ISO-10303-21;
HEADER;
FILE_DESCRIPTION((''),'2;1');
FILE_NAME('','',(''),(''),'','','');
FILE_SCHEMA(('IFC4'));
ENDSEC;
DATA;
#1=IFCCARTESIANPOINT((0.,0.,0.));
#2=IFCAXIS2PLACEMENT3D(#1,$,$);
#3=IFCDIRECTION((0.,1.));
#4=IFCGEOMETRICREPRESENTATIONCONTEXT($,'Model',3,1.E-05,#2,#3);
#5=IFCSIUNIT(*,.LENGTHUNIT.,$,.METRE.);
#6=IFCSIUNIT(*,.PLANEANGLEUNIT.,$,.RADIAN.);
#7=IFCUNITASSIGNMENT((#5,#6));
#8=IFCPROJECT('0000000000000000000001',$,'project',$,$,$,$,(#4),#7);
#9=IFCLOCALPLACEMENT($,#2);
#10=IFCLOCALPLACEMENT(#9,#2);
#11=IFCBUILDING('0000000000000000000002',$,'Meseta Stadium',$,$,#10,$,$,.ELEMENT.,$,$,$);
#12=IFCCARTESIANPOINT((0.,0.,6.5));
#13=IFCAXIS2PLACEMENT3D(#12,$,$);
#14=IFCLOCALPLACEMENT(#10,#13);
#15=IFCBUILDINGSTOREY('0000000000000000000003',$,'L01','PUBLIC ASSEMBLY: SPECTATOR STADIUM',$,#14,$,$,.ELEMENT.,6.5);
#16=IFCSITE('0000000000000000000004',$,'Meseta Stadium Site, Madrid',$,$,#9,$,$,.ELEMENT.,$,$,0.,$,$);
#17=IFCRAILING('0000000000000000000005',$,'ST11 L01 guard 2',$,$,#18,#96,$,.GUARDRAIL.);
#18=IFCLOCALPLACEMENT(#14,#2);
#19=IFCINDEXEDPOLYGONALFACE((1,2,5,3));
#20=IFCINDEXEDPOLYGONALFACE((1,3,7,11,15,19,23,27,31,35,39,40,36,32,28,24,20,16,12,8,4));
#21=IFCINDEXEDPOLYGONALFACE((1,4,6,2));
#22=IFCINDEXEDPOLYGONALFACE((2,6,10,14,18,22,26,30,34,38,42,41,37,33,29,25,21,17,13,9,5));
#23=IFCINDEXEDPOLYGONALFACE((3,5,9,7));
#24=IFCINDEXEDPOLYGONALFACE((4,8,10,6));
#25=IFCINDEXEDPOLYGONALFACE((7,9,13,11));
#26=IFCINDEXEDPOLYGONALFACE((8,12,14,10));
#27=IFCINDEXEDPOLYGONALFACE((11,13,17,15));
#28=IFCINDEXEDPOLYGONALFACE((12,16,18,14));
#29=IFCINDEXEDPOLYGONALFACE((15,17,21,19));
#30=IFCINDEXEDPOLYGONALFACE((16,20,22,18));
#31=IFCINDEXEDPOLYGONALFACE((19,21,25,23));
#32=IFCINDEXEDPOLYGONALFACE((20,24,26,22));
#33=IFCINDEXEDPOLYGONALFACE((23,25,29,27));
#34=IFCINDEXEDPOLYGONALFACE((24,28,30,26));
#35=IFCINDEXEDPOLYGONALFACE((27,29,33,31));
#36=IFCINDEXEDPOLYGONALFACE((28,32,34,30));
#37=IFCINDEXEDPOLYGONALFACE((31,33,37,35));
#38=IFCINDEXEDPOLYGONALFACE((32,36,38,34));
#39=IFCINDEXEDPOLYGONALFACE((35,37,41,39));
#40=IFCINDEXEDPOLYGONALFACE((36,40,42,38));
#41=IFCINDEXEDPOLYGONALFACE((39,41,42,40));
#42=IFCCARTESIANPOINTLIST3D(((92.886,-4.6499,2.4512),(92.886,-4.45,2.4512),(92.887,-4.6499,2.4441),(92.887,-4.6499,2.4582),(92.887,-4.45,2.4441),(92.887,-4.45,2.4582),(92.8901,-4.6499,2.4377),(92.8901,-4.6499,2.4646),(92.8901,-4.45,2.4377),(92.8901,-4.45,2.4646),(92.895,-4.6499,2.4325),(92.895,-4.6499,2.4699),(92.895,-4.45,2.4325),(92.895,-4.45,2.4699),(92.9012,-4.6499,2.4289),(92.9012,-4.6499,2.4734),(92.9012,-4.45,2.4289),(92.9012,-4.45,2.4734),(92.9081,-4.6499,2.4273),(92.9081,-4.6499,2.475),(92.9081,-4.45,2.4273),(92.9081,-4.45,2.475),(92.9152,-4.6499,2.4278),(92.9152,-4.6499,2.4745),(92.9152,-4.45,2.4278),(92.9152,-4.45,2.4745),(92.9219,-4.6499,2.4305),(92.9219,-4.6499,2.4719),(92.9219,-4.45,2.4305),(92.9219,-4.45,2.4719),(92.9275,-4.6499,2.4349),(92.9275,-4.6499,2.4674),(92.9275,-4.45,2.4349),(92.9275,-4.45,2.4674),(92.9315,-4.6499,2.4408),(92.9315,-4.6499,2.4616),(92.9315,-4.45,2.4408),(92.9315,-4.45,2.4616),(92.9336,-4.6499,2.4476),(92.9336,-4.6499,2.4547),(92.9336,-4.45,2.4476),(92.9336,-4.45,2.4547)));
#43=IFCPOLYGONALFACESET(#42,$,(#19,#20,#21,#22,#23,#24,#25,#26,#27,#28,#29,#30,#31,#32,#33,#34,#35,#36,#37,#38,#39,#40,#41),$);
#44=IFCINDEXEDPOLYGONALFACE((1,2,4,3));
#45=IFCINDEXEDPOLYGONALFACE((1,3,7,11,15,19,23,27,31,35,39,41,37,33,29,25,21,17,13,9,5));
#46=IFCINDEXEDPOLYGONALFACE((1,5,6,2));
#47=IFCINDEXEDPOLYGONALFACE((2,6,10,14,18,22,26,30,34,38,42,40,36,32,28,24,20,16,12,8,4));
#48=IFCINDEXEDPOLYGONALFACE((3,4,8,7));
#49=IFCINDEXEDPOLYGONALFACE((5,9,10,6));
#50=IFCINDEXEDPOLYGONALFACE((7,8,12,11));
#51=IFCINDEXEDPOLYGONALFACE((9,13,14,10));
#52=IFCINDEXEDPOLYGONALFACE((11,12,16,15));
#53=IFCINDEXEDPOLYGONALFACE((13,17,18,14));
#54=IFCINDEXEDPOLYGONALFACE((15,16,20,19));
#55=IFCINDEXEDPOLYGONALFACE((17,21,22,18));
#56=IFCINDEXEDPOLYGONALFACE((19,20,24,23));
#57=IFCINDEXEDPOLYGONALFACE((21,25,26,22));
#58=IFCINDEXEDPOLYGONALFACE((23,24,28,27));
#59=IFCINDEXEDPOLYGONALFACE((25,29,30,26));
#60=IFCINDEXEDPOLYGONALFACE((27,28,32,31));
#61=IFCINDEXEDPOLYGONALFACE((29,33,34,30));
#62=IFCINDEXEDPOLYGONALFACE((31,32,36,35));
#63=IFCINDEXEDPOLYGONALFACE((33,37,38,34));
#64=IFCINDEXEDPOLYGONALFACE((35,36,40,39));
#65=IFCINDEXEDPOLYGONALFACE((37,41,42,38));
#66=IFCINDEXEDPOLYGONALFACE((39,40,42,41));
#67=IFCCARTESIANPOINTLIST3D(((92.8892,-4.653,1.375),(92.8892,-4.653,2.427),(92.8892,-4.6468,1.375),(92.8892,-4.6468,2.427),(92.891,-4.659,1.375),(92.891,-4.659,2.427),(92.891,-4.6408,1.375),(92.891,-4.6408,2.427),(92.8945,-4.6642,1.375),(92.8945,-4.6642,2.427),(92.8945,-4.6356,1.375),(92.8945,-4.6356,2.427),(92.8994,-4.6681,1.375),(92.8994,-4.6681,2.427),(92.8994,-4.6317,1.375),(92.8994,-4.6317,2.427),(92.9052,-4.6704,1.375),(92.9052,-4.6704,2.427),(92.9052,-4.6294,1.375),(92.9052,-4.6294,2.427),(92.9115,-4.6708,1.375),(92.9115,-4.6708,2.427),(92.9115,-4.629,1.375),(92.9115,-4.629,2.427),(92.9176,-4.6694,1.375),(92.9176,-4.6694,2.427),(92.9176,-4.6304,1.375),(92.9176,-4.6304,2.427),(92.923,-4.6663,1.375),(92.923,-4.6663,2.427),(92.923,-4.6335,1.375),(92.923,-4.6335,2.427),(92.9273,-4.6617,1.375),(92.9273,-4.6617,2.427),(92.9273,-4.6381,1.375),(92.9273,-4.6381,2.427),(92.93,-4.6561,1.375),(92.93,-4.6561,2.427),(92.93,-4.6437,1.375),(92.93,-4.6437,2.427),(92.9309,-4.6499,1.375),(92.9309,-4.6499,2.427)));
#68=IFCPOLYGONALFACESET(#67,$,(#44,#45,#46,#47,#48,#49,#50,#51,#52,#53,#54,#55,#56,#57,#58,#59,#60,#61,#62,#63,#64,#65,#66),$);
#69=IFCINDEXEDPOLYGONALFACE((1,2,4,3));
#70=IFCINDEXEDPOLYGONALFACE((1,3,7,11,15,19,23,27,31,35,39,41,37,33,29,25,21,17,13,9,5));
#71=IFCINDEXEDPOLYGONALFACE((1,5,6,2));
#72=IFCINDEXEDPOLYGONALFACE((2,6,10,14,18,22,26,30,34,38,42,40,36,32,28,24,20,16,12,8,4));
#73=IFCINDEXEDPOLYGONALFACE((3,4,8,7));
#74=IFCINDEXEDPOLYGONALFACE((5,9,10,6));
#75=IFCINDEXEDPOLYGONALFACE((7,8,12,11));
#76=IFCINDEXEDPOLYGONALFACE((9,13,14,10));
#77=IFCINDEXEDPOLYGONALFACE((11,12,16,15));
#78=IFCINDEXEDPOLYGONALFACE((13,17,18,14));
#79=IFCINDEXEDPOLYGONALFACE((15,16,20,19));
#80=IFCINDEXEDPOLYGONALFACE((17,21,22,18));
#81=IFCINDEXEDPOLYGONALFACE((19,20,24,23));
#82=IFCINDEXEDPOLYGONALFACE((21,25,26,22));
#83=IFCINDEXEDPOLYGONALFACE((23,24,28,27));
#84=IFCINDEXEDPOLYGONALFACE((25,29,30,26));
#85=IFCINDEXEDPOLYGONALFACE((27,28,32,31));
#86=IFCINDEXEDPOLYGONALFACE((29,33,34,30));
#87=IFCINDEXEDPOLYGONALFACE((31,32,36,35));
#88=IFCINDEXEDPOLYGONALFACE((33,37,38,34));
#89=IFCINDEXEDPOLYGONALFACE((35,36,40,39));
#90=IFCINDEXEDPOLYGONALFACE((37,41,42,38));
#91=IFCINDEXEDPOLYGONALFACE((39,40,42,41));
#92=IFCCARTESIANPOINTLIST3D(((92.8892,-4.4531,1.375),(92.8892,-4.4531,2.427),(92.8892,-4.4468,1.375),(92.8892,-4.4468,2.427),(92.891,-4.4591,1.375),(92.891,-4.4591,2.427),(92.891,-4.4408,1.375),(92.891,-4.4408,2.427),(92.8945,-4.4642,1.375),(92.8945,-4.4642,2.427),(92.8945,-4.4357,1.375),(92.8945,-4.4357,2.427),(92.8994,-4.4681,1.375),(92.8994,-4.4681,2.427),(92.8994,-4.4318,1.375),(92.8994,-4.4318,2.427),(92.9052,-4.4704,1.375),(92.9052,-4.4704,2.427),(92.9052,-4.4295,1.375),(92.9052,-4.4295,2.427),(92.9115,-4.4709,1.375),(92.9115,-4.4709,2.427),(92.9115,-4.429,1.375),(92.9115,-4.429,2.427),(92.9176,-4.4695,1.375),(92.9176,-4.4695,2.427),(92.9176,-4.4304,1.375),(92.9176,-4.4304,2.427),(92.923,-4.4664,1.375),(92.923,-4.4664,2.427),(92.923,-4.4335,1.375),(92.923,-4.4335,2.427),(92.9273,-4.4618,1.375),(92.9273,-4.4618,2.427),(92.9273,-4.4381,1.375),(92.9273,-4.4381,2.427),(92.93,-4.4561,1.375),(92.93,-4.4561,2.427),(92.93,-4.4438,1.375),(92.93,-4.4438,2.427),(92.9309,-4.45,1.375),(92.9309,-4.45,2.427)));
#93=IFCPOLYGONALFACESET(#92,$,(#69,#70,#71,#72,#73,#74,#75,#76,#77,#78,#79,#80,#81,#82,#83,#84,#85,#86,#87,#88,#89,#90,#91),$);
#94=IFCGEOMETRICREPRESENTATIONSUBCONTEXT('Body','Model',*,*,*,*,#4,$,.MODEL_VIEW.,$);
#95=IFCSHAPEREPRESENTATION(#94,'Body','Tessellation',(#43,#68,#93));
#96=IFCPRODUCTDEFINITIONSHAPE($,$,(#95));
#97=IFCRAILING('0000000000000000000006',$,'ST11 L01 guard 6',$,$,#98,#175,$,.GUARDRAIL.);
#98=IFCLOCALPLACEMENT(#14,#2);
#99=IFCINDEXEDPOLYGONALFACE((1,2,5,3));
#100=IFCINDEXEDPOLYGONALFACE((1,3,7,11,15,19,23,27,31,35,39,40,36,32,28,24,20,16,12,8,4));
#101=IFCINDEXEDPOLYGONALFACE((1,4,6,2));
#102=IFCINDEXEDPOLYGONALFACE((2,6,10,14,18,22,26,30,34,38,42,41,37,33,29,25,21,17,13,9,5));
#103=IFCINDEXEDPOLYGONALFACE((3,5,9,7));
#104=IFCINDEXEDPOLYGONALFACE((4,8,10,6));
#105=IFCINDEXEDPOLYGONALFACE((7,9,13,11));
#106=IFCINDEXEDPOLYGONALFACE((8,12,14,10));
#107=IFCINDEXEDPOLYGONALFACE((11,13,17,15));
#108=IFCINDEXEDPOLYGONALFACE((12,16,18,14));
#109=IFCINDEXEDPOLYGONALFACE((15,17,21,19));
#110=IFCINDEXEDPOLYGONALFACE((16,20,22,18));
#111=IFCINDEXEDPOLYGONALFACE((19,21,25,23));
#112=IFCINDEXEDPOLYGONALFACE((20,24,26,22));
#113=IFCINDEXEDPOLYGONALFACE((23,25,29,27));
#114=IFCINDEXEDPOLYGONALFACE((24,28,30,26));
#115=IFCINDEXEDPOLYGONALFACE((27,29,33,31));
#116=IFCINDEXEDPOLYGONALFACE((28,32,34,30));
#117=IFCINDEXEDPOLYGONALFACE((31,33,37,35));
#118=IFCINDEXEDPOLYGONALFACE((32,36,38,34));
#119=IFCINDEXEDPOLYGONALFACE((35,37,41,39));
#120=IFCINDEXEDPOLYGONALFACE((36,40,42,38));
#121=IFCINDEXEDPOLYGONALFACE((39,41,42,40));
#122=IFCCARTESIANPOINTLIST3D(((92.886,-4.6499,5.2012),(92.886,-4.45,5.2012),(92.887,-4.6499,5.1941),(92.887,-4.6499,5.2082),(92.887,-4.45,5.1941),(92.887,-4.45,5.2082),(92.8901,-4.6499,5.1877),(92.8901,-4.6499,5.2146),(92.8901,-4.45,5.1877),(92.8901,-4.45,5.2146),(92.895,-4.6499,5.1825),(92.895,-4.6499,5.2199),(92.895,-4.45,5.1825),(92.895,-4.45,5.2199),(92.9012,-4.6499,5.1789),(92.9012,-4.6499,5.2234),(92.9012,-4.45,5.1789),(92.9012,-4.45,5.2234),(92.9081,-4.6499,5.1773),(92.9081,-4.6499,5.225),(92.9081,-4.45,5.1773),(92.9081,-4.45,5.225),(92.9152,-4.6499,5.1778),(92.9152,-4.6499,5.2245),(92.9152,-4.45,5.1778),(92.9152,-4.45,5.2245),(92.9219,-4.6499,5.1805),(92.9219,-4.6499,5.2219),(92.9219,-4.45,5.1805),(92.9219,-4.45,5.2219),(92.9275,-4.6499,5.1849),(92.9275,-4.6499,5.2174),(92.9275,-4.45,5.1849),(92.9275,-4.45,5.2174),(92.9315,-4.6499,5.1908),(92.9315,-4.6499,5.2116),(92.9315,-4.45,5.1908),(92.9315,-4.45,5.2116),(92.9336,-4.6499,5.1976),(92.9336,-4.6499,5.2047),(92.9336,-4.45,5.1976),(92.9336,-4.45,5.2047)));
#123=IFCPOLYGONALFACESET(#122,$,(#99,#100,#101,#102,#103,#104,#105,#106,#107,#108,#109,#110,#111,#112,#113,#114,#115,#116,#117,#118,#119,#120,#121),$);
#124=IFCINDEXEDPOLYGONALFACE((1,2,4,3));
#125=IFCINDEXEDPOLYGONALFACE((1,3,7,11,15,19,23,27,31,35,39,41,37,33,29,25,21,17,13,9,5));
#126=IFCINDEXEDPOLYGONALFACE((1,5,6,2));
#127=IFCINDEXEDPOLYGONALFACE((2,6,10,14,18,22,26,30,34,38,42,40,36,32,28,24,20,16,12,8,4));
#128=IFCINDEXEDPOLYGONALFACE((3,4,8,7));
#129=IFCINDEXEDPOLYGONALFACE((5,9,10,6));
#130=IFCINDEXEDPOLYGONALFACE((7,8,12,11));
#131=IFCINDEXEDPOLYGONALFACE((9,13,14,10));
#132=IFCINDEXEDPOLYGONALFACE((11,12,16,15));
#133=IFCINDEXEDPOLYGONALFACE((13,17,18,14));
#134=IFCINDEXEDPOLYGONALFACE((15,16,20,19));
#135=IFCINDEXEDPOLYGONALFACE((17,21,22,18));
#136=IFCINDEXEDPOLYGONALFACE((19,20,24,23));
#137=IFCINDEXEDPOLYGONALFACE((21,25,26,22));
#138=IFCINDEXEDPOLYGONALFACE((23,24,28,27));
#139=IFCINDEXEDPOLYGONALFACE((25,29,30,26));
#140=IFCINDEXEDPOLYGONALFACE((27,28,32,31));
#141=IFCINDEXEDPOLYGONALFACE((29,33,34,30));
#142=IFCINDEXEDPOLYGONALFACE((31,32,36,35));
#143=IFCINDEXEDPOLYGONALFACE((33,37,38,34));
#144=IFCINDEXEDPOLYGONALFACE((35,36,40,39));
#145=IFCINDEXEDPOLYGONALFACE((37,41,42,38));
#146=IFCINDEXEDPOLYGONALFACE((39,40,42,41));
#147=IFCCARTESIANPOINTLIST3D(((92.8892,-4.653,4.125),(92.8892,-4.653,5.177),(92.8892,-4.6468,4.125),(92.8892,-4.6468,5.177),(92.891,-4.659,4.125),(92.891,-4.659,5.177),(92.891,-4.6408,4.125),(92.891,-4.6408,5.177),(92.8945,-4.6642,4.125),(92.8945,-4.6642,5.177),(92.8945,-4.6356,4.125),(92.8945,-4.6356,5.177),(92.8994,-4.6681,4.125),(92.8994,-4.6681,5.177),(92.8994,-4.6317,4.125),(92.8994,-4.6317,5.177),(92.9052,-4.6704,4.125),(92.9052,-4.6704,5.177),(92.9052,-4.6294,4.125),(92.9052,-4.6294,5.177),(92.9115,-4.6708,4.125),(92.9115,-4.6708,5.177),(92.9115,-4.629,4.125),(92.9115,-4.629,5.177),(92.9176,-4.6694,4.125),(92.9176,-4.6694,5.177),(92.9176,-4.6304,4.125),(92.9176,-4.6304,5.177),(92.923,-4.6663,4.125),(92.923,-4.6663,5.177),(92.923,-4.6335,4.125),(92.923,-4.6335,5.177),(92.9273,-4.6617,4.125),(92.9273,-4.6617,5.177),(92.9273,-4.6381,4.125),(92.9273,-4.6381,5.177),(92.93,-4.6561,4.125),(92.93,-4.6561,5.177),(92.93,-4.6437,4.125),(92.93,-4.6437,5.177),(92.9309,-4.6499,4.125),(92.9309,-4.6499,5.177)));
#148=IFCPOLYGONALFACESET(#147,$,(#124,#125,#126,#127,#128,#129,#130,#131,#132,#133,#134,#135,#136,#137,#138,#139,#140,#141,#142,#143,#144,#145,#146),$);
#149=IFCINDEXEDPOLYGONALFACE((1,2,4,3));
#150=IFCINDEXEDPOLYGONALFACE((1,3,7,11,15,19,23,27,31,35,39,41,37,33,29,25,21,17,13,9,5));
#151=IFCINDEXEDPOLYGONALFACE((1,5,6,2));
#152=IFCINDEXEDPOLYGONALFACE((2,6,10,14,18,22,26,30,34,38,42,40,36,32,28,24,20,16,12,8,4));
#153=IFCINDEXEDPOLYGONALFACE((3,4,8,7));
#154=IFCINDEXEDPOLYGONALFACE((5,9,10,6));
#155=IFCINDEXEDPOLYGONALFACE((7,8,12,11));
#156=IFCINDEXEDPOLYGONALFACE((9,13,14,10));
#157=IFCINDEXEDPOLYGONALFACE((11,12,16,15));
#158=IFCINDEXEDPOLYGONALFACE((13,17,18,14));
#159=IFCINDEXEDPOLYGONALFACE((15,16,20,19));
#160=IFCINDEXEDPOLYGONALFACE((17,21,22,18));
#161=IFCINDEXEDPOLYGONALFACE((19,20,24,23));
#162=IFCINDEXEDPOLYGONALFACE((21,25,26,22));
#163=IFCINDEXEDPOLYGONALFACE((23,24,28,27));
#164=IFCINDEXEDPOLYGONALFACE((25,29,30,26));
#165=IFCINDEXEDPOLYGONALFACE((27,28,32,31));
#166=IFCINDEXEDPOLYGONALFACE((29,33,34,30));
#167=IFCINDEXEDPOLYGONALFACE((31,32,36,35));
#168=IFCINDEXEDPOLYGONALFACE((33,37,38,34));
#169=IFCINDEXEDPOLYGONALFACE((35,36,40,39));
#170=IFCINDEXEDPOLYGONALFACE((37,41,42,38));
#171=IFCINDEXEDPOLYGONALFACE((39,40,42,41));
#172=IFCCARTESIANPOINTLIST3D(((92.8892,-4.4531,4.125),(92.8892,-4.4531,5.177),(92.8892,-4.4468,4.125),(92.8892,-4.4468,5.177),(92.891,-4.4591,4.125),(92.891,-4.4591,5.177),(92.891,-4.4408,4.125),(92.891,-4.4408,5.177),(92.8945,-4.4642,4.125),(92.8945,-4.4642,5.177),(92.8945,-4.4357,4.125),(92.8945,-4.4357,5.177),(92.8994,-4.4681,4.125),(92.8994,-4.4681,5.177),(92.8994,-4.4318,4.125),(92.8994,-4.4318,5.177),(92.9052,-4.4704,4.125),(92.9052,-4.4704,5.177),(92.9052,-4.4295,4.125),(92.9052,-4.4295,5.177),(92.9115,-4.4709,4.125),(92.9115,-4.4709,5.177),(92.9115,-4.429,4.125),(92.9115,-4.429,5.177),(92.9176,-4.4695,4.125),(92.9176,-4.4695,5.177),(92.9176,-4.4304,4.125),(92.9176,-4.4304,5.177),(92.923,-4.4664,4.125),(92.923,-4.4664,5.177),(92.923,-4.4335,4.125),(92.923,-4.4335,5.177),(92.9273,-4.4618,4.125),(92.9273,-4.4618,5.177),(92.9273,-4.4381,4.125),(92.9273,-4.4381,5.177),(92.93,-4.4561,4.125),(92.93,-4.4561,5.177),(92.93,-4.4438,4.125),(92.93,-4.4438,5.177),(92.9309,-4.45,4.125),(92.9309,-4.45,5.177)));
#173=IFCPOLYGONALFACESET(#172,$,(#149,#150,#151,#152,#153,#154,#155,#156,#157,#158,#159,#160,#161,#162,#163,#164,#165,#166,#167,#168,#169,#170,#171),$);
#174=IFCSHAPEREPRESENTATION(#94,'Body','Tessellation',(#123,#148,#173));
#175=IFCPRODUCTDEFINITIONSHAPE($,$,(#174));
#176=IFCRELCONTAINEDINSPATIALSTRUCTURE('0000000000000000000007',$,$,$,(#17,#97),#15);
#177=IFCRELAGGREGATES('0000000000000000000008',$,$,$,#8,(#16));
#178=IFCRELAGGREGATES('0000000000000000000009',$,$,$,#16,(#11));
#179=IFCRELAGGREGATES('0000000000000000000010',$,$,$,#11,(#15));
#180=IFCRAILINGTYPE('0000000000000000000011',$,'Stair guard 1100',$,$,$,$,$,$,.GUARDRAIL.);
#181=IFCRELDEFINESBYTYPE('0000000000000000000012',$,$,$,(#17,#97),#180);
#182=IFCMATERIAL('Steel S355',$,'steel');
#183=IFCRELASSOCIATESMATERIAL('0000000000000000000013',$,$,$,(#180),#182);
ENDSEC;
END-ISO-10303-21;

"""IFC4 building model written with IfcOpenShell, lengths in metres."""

from ifc_helpers import new_model, si_unit, direction, frame, origin, origin_2d, place, context, subcontext, project, spatial, circle, extrude, material, type_object, element, save


model = new_model("IFC4")

# Units and contexts
model_context = context("Model", 3, precision=1e-05, world=origin(), true_north=direction((0.0, 1.0)))
body_context = subcontext(model_context, "Body", "Model", "MODEL_VIEW")
ifc_project = project(units=[si_unit("LENGTHUNIT", "METRE"), si_unit("PLANEANGLEUNIT", "RADIAN")], contexts=[model_context])

# Site, building, storey
site_placement = place(None, origin())
site = spatial("IfcSite", under=ifc_project, at=site_placement, Name="Meseta Stadium Site, Madrid", CompositionType="ELEMENT", RefElevation=0.0)
building_placement = place(site_placement, origin())
building = spatial("IfcBuilding", under=site, at=building_placement, Name="Meseta Stadium", CompositionType="ELEMENT")
storey_placement = place(building_placement, frame((0.0, 0.0, 6.5)))
storey = spatial("IfcBuildingStorey", under=building, at=storey_placement, Name="L01", Description="PUBLIC ASSEMBLY: SPECTATOR STADIUM", CompositionType="ELEMENT", Elevation=6.5)

# Railings
ifc_material_1 = material(Name="Steel S355", Category="steel")
railing_type = type_object("IfcRailingType", Name="Stair guard 1100", PredefinedType="GUARDRAIL", material=ifc_material_1)
for number, where, name in (
    (1, (92.9099, -4.6499, 1.375), "ST11 L01 guard 2"),
    (2, (92.9099, -4.6499, 4.125), "ST11 L01 guard 6"),
):
    element("IfcRailing", number, at=place(storey_placement, frame(where)), inside=storey, type_object=railing_type, Name=name, PredefinedType="GUARDRAIL", context=body_context, shape_type="SweptSolid", body=[
        extrude(circle(Radius=0.0239, at=origin_2d()), frame((0.0, 0.0, 1.0762), z_axis=(0.0, 1.0, 0.0), x_axis=(-1.0, 0.0, 0.0)), (0.0, 0.0, 1.0), 0.2),
        extrude(circle(Radius=0.021, at=origin_2d()), origin(), (0.0, 0.0, 1.0), 1.052),
        extrude(circle(Radius=0.021, at=origin_2d()), frame((0.0, 0.2, 0.0)), (0.0, 0.0, 1.0), 1.052),
    ])

save(model, "model.ifc")
